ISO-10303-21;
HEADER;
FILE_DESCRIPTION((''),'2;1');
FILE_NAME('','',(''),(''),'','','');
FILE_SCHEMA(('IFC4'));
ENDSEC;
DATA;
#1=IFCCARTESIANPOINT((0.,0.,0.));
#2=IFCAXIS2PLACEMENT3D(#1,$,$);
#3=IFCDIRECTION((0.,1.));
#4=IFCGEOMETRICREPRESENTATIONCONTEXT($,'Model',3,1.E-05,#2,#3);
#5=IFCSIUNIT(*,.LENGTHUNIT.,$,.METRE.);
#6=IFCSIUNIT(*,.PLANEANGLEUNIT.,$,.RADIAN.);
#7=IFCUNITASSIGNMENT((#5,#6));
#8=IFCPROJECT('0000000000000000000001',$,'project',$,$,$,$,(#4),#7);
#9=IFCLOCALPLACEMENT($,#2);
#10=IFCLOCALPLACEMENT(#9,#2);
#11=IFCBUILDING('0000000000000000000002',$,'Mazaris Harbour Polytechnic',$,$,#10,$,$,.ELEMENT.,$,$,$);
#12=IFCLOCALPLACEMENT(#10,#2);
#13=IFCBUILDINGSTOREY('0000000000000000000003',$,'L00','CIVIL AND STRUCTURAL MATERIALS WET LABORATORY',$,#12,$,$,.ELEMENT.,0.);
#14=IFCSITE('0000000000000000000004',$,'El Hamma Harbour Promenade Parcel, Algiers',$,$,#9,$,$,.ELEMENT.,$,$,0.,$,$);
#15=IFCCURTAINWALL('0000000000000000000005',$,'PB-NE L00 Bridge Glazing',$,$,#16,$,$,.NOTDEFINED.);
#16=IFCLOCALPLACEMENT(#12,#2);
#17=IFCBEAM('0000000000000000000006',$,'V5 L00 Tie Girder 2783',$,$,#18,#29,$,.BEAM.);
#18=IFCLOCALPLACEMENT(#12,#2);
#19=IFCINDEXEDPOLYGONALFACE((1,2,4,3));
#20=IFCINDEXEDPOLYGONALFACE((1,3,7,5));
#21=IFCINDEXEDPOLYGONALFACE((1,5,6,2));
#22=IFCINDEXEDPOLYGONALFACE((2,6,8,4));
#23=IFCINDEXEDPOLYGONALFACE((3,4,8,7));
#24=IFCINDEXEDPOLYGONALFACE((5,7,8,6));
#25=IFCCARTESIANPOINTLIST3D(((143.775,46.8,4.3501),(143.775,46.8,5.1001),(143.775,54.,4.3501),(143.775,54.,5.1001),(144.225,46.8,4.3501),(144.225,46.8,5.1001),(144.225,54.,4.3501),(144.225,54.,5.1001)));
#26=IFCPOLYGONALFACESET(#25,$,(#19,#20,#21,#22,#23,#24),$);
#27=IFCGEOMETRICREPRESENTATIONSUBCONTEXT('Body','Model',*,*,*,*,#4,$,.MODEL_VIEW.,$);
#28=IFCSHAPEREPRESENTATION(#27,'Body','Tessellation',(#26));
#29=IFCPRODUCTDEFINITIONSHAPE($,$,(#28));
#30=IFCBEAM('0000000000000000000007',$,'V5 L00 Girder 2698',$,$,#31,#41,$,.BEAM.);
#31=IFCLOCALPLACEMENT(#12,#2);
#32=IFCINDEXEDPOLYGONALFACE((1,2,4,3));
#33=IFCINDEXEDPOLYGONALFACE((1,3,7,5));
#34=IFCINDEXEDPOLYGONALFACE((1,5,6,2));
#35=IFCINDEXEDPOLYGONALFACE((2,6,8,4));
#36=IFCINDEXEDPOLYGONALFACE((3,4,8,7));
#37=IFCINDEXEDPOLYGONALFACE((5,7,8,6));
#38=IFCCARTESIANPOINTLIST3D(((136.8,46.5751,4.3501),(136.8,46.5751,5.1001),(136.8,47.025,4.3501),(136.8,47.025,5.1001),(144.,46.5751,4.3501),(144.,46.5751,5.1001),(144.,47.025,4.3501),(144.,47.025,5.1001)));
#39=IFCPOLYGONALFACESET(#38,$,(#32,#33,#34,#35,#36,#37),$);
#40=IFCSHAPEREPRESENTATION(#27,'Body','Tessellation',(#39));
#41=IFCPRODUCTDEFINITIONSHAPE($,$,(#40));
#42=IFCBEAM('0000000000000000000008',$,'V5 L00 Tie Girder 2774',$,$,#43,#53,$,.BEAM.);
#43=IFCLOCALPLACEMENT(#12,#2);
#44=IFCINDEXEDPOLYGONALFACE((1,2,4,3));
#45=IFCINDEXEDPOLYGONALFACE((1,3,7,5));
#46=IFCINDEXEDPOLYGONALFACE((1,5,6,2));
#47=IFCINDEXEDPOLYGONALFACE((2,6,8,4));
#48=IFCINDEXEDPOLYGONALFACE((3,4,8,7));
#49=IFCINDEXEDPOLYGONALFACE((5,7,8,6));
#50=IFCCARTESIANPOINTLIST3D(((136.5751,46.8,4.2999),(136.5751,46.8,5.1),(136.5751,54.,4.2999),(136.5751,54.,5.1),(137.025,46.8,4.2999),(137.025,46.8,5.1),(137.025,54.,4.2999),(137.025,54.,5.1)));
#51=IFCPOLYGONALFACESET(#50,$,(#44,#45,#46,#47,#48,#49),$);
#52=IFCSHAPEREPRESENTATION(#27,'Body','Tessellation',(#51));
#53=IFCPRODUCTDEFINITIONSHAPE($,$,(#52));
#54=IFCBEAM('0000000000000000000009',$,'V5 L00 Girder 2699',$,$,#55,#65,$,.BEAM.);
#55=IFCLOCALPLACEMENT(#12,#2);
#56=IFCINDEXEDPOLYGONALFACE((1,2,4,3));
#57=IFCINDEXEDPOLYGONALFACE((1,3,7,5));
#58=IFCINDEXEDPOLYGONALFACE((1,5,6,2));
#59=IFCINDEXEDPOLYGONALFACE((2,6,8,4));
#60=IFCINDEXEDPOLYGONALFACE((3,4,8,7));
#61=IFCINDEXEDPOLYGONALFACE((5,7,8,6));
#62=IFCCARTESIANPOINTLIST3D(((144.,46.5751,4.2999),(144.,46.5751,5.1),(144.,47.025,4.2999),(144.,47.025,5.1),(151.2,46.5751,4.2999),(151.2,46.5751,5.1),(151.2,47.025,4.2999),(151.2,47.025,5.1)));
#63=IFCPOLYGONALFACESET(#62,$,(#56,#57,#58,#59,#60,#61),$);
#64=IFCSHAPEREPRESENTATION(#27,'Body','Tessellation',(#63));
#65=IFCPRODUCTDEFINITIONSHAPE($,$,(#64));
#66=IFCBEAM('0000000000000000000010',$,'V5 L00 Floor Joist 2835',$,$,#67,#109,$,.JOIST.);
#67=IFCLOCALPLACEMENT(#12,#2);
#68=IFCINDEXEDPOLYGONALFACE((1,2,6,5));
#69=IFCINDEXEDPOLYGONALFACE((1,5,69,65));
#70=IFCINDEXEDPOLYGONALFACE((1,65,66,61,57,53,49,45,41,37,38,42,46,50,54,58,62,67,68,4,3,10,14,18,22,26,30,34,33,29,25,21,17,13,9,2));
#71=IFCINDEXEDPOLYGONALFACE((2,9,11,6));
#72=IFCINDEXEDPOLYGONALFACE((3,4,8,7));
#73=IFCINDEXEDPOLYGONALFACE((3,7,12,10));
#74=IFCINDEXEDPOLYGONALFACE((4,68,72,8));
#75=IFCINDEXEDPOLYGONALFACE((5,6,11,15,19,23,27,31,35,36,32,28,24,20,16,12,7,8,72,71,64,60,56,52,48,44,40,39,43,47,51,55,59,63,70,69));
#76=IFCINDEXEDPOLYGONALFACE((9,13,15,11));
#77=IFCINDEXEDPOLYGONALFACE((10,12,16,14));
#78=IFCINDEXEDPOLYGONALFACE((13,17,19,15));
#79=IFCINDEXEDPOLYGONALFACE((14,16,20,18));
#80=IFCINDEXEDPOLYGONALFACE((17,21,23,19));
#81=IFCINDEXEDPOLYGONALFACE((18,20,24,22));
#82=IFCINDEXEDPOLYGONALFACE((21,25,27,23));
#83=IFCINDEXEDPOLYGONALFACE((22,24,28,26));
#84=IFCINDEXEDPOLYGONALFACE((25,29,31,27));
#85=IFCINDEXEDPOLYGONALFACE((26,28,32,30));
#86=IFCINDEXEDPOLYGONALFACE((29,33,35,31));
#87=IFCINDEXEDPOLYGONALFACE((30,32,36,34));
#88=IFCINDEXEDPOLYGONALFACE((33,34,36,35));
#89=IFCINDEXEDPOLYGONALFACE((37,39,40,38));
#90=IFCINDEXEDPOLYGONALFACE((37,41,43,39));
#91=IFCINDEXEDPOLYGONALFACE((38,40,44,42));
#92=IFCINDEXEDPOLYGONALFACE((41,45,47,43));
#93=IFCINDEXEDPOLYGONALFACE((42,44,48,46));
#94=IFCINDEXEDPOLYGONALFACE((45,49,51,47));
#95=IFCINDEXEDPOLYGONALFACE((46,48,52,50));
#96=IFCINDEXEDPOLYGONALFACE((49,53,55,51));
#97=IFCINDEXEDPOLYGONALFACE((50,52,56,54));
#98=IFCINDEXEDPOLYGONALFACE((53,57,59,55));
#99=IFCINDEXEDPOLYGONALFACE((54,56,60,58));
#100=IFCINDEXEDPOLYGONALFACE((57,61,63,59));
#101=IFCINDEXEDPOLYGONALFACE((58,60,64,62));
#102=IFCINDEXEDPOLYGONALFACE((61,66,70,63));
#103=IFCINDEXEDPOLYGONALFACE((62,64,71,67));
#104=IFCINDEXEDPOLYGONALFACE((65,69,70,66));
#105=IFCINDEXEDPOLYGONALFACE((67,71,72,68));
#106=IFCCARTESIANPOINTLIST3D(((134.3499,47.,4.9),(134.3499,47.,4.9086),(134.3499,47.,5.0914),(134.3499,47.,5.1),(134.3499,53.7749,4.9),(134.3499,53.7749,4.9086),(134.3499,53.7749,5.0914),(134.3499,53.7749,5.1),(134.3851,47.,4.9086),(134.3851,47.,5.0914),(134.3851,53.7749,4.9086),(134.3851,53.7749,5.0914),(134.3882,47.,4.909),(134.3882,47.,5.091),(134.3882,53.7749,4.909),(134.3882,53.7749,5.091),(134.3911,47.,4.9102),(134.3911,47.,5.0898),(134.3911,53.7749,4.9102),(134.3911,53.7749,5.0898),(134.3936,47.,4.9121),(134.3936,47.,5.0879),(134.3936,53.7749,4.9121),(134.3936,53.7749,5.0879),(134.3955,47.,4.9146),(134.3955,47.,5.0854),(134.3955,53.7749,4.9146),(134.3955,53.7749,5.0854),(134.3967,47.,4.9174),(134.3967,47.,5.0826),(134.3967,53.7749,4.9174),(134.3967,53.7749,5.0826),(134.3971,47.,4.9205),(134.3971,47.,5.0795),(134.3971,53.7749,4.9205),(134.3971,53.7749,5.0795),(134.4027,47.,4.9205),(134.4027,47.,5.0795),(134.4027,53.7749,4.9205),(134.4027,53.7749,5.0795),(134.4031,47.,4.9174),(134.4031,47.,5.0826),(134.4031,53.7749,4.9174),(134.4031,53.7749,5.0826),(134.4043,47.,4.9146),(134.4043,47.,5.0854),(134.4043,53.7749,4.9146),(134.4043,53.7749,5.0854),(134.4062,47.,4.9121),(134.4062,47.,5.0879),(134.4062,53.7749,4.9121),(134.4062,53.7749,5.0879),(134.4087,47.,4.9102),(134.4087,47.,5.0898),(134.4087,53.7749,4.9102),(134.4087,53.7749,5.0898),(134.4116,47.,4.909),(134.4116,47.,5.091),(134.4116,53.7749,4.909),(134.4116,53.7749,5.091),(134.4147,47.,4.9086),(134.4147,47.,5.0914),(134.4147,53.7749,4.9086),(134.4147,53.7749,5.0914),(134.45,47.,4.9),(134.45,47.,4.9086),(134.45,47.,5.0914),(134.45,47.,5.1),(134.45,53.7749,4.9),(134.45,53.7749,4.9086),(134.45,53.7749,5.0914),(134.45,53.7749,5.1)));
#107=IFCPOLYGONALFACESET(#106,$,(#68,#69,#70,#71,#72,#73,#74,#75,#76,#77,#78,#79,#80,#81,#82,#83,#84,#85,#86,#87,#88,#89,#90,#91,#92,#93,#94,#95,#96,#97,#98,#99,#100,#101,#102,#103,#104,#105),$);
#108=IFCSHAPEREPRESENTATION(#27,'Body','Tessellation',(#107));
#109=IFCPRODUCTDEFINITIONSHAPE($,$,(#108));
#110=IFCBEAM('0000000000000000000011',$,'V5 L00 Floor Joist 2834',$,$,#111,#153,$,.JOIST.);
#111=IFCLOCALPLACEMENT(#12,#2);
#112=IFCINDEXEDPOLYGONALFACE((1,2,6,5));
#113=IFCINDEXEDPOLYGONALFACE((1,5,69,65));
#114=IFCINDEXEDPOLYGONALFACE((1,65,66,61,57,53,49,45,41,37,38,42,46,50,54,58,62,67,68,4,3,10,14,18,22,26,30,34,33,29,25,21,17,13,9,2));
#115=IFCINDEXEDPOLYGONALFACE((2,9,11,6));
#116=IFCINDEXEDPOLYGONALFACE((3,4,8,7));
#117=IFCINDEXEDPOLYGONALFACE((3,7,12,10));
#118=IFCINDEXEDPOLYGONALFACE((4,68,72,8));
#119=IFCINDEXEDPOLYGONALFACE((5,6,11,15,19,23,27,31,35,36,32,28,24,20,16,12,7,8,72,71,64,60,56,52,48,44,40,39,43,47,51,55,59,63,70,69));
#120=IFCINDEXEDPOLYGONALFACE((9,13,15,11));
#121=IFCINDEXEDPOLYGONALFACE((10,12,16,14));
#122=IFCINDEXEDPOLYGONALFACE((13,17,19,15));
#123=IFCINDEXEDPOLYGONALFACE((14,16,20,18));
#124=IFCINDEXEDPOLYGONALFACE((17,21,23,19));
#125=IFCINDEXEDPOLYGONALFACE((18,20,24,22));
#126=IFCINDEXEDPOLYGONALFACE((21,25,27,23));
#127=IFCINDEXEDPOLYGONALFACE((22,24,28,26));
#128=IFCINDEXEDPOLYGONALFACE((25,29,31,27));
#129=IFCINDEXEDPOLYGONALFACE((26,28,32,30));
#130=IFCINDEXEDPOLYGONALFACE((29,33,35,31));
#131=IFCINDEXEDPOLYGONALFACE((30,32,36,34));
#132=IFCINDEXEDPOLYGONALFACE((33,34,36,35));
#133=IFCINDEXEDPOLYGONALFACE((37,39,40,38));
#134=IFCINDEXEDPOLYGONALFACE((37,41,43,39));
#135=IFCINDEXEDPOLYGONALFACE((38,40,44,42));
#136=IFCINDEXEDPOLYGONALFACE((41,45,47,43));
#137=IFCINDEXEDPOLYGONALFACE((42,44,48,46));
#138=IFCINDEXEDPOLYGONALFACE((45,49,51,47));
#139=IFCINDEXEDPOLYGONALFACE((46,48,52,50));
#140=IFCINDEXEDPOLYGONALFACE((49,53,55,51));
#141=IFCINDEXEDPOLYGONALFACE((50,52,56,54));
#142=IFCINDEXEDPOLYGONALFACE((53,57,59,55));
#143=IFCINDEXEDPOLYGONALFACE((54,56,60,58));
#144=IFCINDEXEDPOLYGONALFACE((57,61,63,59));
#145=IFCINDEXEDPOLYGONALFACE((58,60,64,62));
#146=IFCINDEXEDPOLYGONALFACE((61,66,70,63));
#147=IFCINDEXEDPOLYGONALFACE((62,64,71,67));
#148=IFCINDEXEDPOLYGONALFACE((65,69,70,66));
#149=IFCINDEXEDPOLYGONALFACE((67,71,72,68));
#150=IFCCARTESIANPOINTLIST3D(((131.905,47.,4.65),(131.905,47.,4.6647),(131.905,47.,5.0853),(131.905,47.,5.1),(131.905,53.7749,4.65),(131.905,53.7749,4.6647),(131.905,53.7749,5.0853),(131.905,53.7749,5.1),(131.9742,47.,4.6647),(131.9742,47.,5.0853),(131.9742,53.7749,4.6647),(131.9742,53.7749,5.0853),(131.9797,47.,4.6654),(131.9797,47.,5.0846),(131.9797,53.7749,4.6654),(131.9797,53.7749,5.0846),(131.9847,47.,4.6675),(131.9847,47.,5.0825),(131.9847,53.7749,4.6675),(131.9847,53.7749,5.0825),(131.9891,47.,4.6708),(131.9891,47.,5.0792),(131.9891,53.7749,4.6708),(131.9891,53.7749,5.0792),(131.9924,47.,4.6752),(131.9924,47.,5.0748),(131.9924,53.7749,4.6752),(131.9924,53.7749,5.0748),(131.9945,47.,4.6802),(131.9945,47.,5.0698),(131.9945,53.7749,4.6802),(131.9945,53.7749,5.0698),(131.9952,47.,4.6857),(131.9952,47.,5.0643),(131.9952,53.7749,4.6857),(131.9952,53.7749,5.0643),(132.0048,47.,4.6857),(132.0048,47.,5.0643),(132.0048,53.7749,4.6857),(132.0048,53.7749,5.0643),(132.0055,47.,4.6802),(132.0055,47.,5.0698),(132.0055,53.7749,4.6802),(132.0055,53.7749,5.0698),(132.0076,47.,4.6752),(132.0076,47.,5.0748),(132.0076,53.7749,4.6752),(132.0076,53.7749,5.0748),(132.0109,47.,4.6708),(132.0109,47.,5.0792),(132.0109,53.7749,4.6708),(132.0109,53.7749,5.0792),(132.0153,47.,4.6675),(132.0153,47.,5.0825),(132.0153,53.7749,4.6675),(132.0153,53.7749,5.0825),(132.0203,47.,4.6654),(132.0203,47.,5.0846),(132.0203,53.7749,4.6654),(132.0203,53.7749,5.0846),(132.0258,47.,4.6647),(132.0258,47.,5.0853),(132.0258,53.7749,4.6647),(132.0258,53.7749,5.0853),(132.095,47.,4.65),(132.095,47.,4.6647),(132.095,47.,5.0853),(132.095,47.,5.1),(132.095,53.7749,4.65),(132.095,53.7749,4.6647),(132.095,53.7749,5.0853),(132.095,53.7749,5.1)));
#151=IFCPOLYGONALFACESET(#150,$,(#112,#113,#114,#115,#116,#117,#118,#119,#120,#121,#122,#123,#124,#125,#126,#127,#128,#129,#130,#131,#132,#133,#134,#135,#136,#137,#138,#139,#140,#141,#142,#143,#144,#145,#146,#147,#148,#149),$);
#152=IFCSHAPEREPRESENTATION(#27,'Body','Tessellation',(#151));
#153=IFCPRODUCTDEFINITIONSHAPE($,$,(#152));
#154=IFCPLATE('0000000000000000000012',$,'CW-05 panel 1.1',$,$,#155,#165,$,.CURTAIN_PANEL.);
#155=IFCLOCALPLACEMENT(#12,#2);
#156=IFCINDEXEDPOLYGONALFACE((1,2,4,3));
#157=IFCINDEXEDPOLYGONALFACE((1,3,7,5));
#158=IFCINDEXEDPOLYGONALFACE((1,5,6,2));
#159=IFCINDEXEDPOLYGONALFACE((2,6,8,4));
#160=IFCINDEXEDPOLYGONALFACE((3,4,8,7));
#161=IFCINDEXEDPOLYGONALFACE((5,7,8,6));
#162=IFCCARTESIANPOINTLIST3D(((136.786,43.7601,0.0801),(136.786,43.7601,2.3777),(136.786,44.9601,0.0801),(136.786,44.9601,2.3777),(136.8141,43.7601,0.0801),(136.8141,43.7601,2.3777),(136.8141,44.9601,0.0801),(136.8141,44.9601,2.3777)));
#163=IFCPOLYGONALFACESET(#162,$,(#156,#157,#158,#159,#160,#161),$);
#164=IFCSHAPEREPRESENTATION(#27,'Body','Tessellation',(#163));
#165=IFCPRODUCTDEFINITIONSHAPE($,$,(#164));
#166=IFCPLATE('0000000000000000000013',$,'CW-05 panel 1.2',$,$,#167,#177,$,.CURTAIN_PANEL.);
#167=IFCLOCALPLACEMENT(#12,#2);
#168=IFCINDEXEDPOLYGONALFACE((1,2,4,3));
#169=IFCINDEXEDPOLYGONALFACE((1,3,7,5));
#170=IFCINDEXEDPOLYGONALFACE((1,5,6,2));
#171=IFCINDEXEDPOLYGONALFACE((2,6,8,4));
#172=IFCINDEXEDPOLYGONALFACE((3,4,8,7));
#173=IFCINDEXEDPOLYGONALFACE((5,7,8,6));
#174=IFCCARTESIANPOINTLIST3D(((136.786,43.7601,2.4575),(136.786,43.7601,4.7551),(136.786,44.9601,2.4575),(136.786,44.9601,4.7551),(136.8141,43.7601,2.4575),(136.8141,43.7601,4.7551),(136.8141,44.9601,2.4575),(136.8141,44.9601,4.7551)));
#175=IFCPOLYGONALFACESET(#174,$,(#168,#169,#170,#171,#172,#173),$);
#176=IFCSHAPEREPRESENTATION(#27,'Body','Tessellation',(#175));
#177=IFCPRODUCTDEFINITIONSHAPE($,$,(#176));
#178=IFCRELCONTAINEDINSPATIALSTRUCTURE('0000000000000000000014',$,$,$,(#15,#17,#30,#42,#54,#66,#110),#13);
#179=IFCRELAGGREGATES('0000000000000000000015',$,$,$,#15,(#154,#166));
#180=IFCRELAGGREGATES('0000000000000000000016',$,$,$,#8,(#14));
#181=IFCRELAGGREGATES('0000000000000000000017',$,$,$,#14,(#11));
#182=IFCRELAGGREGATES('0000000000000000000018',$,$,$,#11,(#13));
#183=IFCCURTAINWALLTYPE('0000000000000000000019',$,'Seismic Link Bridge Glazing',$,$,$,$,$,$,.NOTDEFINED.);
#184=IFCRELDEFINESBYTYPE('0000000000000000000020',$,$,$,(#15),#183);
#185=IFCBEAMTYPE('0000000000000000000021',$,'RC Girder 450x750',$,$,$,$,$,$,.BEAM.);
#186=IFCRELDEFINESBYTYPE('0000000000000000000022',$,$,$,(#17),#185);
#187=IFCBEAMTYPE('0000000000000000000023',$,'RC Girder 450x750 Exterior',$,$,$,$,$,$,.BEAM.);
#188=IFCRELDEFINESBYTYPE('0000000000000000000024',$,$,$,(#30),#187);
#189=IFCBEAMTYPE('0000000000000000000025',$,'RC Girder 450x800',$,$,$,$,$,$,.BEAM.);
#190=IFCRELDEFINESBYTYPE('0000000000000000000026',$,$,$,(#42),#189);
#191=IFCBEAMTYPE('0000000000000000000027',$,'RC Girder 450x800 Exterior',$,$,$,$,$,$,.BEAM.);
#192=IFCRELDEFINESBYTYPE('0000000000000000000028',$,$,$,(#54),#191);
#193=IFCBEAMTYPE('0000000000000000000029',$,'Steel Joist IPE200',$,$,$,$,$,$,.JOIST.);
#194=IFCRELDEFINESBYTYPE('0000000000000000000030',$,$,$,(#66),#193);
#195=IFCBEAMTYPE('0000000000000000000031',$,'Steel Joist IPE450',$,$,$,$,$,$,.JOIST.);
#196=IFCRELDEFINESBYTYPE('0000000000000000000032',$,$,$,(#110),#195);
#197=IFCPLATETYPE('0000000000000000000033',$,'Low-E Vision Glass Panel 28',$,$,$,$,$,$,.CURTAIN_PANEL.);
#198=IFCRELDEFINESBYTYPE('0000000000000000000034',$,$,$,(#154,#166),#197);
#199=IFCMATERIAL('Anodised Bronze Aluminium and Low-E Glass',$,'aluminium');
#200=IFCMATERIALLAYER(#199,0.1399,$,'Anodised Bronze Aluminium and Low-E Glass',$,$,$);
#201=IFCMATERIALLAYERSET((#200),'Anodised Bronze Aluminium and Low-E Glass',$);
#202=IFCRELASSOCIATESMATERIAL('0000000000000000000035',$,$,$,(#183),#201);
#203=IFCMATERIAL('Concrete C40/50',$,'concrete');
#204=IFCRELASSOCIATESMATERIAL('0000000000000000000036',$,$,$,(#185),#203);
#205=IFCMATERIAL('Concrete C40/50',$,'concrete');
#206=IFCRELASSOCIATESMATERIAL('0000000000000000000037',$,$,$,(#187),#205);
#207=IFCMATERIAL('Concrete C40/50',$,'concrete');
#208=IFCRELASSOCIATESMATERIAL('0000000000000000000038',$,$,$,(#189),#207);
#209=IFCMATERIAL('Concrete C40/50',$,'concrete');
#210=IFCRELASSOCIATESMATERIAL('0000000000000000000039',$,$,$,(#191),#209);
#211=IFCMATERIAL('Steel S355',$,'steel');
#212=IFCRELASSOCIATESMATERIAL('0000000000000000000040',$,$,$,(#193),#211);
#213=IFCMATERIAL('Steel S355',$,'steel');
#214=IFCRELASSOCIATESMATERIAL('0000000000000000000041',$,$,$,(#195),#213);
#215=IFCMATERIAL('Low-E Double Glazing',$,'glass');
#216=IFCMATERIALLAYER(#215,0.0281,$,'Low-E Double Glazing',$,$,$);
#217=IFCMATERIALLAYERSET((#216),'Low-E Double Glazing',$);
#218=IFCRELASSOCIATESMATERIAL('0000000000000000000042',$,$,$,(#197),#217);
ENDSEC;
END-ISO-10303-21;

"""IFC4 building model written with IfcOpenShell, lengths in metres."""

from ifc_helpers import new_model, si_unit, direction, frame, origin, origin_2d, place, context, subcontext, project, spatial, rectangle, i_section, extrude, material, layer, layer_set, material_profile, profile_set, type_object, element, aggregate, save


model = new_model("IFC4")

# Units and contexts
model_context = context("Model", 3, precision=1e-05, world=origin(), true_north=direction((0.0, 1.0)))
body_context = subcontext(model_context, "Body", "Model", "MODEL_VIEW")
ifc_project = project(units=[si_unit("LENGTHUNIT", "METRE"), si_unit("PLANEANGLEUNIT", "RADIAN")], contexts=[model_context])

# Site, building, storey
site_placement = place(None, origin())
site = spatial("IfcSite", under=ifc_project, at=site_placement, Name="El Hamma Harbour Promenade Parcel, Algiers", CompositionType="ELEMENT", RefElevation=0.0)
building_placement = place(site_placement, origin())
building = spatial("IfcBuilding", under=site, at=building_placement, Name="Mazaris Harbour Polytechnic", CompositionType="ELEMENT")
storey_placement = place(building_placement, origin())
storey = spatial("IfcBuildingStorey", under=building, at=storey_placement, Name="L00", Description="CIVIL AND STRUCTURAL MATERIALS WET LABORATORY", CompositionType="ELEMENT", Elevation=0.0)

# Curtain wall
ifc_material_1 = material(Name="Anodised Bronze Aluminium and Low-E Glass", Category="aluminium")
ifc_layer_1 = layer(ifc_material_1, 0.1399, Name="Anodised Bronze Aluminium and Low-E Glass")
ifc_layer_set_1 = layer_set([ifc_layer_1], Name="Anodised Bronze Aluminium and Low-E Glass")
curtain_wall_type = type_object("IfcCurtainWallType", Name="Seismic Link Bridge Glazing", PredefinedType="NOTDEFINED", material=ifc_layer_set_1)
curtain_wall_placement = place(storey_placement, origin())
curtain_wall = element("IfcCurtainWall", 1, at=curtain_wall_placement, inside=storey, type_object=curtain_wall_type, Name="PB-NE L00 Bridge Glazing", PredefinedType="NOTDEFINED")

# Beams
ifc_material_2 = material(Name="Concrete C40/50", Category="concrete")
ifc_material_profile_1 = material_profile(ifc_material_2, rectangle(XDim=0.45, YDim=0.75, at=origin_2d()), Name="RECT450x750")
ifc_profile_set_1 = profile_set([ifc_material_profile_1], Name="Concrete C40/50")
beam_type_1 = type_object("IfcBeamType", Name="RC Girder 450x750", PredefinedType="BEAM", material=ifc_profile_set_1)
beam_1_placement = place(storey_placement, frame((144.0, 46.8, 4.7251), z_axis=(0.0, 1.0, 0.0), x_axis=(-1.0, 0.0, 0.0)))
element("IfcBeam", 2, at=beam_1_placement, inside=storey, type_object=beam_type_1, Name="V5 L00 Tie Girder 2783", PredefinedType="BEAM", context=body_context, shape_type="SweptSolid", body=[
    extrude(rectangle(XDim=0.45, YDim=0.75, at=origin_2d()), origin(), (0.0, 0.0, 1.0), 7.2),
])
ifc_material_3 = material(Name="Concrete C40/50", Category="concrete")
ifc_material_profile_2 = material_profile(ifc_material_3, rectangle(XDim=0.45, YDim=0.75, at=origin_2d()), Name="RECT450x750")
ifc_profile_set_2 = profile_set([ifc_material_profile_2], Name="Concrete C40/50")
beam_type_2 = type_object("IfcBeamType", Name="RC Girder 450x750 Exterior", PredefinedType="BEAM", material=ifc_profile_set_2)
beam_2_placement = place(storey_placement, frame((136.8, 46.8, 4.7251), z_axis=(1.0, 0.0, 0.0), x_axis=(0.0, 1.0, 0.0)))
element("IfcBeam", 3, at=beam_2_placement, inside=storey, type_object=beam_type_2, Name="V5 L00 Girder 2698", PredefinedType="BEAM", context=body_context, shape_type="SweptSolid", body=[
    extrude(rectangle(XDim=0.45, YDim=0.75, at=origin_2d()), origin(), (0.0, 0.0, 1.0), 7.2),
])
ifc_material_4 = material(Name="Concrete C40/50", Category="concrete")
ifc_material_profile_3 = material_profile(ifc_material_4, rectangle(XDim=0.45, YDim=0.8, at=origin_2d()), Name="RECT450x800")
ifc_profile_set_3 = profile_set([ifc_material_profile_3], Name="Concrete C40/50")
beam_type_3 = type_object("IfcBeamType", Name="RC Girder 450x800", PredefinedType="BEAM", material=ifc_profile_set_3)
beam_3_placement = place(storey_placement, frame((136.8, 46.8, 4.7), z_axis=(0.0, 1.0, 0.0), x_axis=(-1.0, 0.0, 0.0)))
element("IfcBeam", 4, at=beam_3_placement, inside=storey, type_object=beam_type_3, Name="V5 L00 Tie Girder 2774", PredefinedType="BEAM", context=body_context, shape_type="SweptSolid", body=[
    extrude(rectangle(XDim=0.45, YDim=0.8, at=origin_2d()), origin(), (0.0, 0.0, 1.0), 7.2),
])
ifc_material_5 = material(Name="Concrete C40/50", Category="concrete")
ifc_material_profile_4 = material_profile(ifc_material_5, rectangle(XDim=0.45, YDim=0.8, at=origin_2d()), Name="RECT450x800")
ifc_profile_set_4 = profile_set([ifc_material_profile_4], Name="Concrete C40/50")
beam_type_4 = type_object("IfcBeamType", Name="RC Girder 450x800 Exterior", PredefinedType="BEAM", material=ifc_profile_set_4)
beam_4_placement = place(storey_placement, frame((144.0, 46.8, 4.7), z_axis=(1.0, 0.0, 0.0), x_axis=(0.0, 1.0, 0.0)))
element("IfcBeam", 5, at=beam_4_placement, inside=storey, type_object=beam_type_4, Name="V5 L00 Girder 2699", PredefinedType="BEAM", context=body_context, shape_type="SweptSolid", body=[
    extrude(rectangle(XDim=0.45, YDim=0.8, at=origin_2d()), origin(), (0.0, 0.0, 1.0), 7.2),
])
ifc_material_6 = material(Name="Steel S355", Category="steel")
ifc_material_profile_5 = material_profile(ifc_material_6, i_section(OverallWidth=0.1001, OverallDepth=0.2, WebThickness=0.0056, FlangeThickness=0.0085, FilletRadius=0.012, at=origin_2d()), Name="IPE 200")
ifc_profile_set_5 = profile_set([ifc_material_profile_5], Name="Steel S355")
beam_type_5 = type_object("IfcBeamType", Name="Steel Joist IPE200", PredefinedType="JOIST", material=ifc_profile_set_5)
beam_5_placement = place(storey_placement, frame((134.3999, 47.0, 5.0), z_axis=(0.0, 1.0, 0.0), x_axis=(-1.0, 0.0, 0.0)))
element("IfcBeam", 6, at=beam_5_placement, inside=storey, type_object=beam_type_5, Name="V5 L00 Floor Joist 2835", PredefinedType="JOIST", context=body_context, shape_type="SweptSolid", body=[
    extrude(i_section(OverallWidth=0.1001, OverallDepth=0.2, WebThickness=0.0056, FlangeThickness=0.0085, FilletRadius=0.012, at=origin_2d()), origin(), (0.0, 0.0, 1.0), 6.7749),
])
ifc_material_7 = material(Name="Steel S355", Category="steel")
ifc_material_profile_6 = material_profile(ifc_material_7, i_section(OverallWidth=0.1899, OverallDepth=0.45, WebThickness=0.0095, FlangeThickness=0.0146, FilletRadius=0.021, at=origin_2d()), Name="IPE 450")
ifc_profile_set_6 = profile_set([ifc_material_profile_6], Name="Steel S355")
beam_type_6 = type_object("IfcBeamType", Name="Steel Joist IPE450", PredefinedType="JOIST", material=ifc_profile_set_6)
beam_6_placement = place(storey_placement, frame((132.0, 47.0, 4.875), z_axis=(0.0, 1.0, 0.0), x_axis=(-1.0, 0.0, 0.0)))
element("IfcBeam", 7, at=beam_6_placement, inside=storey, type_object=beam_type_6, Name="V5 L00 Floor Joist 2834", PredefinedType="JOIST", context=body_context, shape_type="SweptSolid", body=[
    extrude(i_section(OverallWidth=0.1899, OverallDepth=0.45, WebThickness=0.0095, FlangeThickness=0.0146, FilletRadius=0.021, at=origin_2d()), origin(), (0.0, 0.0, 1.0), 6.7749),
])

# Plates
ifc_material_8 = material(Name="Low-E Double Glazing", Category="glass")
ifc_layer_2 = layer(ifc_material_8, 0.0281, Name="Low-E Double Glazing")
ifc_layer_set_2 = layer_set([ifc_layer_2], Name="Low-E Double Glazing")
plate_type = type_object("IfcPlateType", Name="Low-E Vision Glass Panel 28", PredefinedType="CURTAIN_PANEL", material=ifc_layer_set_2)
plate_1_placement = place(storey_placement, frame((136.8, 44.3601, 0.0801), z_axis=(0.0, 0.0, 1.0), x_axis=(0.0, 1.0, 0.0)))
plate_1 = element("IfcPlate", 8, at=plate_1_placement, type_object=plate_type, Name="CW-05 panel 1.1", PredefinedType="CURTAIN_PANEL", context=body_context, shape_type="SweptSolid", body=[
    extrude(rectangle(XDim=1.2, YDim=0.0281, at=origin_2d()), origin(), (0.0, 0.0, 1.0), 2.2976),
])
plate_2_placement = place(storey_placement, frame((136.8, 44.3601, 2.4575), z_axis=(0.0, 0.0, 1.0), x_axis=(0.0, 1.0, 0.0)))
plate_2 = element("IfcPlate", 9, at=plate_2_placement, type_object=plate_type, Name="CW-05 panel 1.2", PredefinedType="CURTAIN_PANEL", context=body_context, shape_type="SweptSolid", body=[
    extrude(rectangle(XDim=1.2, YDim=0.0281, at=origin_2d()), origin(), (0.0, 0.0, 1.0), 2.2976),
])
aggregate(curtain_wall, [plate_1, plate_2])

save(model, "model.ifc")
